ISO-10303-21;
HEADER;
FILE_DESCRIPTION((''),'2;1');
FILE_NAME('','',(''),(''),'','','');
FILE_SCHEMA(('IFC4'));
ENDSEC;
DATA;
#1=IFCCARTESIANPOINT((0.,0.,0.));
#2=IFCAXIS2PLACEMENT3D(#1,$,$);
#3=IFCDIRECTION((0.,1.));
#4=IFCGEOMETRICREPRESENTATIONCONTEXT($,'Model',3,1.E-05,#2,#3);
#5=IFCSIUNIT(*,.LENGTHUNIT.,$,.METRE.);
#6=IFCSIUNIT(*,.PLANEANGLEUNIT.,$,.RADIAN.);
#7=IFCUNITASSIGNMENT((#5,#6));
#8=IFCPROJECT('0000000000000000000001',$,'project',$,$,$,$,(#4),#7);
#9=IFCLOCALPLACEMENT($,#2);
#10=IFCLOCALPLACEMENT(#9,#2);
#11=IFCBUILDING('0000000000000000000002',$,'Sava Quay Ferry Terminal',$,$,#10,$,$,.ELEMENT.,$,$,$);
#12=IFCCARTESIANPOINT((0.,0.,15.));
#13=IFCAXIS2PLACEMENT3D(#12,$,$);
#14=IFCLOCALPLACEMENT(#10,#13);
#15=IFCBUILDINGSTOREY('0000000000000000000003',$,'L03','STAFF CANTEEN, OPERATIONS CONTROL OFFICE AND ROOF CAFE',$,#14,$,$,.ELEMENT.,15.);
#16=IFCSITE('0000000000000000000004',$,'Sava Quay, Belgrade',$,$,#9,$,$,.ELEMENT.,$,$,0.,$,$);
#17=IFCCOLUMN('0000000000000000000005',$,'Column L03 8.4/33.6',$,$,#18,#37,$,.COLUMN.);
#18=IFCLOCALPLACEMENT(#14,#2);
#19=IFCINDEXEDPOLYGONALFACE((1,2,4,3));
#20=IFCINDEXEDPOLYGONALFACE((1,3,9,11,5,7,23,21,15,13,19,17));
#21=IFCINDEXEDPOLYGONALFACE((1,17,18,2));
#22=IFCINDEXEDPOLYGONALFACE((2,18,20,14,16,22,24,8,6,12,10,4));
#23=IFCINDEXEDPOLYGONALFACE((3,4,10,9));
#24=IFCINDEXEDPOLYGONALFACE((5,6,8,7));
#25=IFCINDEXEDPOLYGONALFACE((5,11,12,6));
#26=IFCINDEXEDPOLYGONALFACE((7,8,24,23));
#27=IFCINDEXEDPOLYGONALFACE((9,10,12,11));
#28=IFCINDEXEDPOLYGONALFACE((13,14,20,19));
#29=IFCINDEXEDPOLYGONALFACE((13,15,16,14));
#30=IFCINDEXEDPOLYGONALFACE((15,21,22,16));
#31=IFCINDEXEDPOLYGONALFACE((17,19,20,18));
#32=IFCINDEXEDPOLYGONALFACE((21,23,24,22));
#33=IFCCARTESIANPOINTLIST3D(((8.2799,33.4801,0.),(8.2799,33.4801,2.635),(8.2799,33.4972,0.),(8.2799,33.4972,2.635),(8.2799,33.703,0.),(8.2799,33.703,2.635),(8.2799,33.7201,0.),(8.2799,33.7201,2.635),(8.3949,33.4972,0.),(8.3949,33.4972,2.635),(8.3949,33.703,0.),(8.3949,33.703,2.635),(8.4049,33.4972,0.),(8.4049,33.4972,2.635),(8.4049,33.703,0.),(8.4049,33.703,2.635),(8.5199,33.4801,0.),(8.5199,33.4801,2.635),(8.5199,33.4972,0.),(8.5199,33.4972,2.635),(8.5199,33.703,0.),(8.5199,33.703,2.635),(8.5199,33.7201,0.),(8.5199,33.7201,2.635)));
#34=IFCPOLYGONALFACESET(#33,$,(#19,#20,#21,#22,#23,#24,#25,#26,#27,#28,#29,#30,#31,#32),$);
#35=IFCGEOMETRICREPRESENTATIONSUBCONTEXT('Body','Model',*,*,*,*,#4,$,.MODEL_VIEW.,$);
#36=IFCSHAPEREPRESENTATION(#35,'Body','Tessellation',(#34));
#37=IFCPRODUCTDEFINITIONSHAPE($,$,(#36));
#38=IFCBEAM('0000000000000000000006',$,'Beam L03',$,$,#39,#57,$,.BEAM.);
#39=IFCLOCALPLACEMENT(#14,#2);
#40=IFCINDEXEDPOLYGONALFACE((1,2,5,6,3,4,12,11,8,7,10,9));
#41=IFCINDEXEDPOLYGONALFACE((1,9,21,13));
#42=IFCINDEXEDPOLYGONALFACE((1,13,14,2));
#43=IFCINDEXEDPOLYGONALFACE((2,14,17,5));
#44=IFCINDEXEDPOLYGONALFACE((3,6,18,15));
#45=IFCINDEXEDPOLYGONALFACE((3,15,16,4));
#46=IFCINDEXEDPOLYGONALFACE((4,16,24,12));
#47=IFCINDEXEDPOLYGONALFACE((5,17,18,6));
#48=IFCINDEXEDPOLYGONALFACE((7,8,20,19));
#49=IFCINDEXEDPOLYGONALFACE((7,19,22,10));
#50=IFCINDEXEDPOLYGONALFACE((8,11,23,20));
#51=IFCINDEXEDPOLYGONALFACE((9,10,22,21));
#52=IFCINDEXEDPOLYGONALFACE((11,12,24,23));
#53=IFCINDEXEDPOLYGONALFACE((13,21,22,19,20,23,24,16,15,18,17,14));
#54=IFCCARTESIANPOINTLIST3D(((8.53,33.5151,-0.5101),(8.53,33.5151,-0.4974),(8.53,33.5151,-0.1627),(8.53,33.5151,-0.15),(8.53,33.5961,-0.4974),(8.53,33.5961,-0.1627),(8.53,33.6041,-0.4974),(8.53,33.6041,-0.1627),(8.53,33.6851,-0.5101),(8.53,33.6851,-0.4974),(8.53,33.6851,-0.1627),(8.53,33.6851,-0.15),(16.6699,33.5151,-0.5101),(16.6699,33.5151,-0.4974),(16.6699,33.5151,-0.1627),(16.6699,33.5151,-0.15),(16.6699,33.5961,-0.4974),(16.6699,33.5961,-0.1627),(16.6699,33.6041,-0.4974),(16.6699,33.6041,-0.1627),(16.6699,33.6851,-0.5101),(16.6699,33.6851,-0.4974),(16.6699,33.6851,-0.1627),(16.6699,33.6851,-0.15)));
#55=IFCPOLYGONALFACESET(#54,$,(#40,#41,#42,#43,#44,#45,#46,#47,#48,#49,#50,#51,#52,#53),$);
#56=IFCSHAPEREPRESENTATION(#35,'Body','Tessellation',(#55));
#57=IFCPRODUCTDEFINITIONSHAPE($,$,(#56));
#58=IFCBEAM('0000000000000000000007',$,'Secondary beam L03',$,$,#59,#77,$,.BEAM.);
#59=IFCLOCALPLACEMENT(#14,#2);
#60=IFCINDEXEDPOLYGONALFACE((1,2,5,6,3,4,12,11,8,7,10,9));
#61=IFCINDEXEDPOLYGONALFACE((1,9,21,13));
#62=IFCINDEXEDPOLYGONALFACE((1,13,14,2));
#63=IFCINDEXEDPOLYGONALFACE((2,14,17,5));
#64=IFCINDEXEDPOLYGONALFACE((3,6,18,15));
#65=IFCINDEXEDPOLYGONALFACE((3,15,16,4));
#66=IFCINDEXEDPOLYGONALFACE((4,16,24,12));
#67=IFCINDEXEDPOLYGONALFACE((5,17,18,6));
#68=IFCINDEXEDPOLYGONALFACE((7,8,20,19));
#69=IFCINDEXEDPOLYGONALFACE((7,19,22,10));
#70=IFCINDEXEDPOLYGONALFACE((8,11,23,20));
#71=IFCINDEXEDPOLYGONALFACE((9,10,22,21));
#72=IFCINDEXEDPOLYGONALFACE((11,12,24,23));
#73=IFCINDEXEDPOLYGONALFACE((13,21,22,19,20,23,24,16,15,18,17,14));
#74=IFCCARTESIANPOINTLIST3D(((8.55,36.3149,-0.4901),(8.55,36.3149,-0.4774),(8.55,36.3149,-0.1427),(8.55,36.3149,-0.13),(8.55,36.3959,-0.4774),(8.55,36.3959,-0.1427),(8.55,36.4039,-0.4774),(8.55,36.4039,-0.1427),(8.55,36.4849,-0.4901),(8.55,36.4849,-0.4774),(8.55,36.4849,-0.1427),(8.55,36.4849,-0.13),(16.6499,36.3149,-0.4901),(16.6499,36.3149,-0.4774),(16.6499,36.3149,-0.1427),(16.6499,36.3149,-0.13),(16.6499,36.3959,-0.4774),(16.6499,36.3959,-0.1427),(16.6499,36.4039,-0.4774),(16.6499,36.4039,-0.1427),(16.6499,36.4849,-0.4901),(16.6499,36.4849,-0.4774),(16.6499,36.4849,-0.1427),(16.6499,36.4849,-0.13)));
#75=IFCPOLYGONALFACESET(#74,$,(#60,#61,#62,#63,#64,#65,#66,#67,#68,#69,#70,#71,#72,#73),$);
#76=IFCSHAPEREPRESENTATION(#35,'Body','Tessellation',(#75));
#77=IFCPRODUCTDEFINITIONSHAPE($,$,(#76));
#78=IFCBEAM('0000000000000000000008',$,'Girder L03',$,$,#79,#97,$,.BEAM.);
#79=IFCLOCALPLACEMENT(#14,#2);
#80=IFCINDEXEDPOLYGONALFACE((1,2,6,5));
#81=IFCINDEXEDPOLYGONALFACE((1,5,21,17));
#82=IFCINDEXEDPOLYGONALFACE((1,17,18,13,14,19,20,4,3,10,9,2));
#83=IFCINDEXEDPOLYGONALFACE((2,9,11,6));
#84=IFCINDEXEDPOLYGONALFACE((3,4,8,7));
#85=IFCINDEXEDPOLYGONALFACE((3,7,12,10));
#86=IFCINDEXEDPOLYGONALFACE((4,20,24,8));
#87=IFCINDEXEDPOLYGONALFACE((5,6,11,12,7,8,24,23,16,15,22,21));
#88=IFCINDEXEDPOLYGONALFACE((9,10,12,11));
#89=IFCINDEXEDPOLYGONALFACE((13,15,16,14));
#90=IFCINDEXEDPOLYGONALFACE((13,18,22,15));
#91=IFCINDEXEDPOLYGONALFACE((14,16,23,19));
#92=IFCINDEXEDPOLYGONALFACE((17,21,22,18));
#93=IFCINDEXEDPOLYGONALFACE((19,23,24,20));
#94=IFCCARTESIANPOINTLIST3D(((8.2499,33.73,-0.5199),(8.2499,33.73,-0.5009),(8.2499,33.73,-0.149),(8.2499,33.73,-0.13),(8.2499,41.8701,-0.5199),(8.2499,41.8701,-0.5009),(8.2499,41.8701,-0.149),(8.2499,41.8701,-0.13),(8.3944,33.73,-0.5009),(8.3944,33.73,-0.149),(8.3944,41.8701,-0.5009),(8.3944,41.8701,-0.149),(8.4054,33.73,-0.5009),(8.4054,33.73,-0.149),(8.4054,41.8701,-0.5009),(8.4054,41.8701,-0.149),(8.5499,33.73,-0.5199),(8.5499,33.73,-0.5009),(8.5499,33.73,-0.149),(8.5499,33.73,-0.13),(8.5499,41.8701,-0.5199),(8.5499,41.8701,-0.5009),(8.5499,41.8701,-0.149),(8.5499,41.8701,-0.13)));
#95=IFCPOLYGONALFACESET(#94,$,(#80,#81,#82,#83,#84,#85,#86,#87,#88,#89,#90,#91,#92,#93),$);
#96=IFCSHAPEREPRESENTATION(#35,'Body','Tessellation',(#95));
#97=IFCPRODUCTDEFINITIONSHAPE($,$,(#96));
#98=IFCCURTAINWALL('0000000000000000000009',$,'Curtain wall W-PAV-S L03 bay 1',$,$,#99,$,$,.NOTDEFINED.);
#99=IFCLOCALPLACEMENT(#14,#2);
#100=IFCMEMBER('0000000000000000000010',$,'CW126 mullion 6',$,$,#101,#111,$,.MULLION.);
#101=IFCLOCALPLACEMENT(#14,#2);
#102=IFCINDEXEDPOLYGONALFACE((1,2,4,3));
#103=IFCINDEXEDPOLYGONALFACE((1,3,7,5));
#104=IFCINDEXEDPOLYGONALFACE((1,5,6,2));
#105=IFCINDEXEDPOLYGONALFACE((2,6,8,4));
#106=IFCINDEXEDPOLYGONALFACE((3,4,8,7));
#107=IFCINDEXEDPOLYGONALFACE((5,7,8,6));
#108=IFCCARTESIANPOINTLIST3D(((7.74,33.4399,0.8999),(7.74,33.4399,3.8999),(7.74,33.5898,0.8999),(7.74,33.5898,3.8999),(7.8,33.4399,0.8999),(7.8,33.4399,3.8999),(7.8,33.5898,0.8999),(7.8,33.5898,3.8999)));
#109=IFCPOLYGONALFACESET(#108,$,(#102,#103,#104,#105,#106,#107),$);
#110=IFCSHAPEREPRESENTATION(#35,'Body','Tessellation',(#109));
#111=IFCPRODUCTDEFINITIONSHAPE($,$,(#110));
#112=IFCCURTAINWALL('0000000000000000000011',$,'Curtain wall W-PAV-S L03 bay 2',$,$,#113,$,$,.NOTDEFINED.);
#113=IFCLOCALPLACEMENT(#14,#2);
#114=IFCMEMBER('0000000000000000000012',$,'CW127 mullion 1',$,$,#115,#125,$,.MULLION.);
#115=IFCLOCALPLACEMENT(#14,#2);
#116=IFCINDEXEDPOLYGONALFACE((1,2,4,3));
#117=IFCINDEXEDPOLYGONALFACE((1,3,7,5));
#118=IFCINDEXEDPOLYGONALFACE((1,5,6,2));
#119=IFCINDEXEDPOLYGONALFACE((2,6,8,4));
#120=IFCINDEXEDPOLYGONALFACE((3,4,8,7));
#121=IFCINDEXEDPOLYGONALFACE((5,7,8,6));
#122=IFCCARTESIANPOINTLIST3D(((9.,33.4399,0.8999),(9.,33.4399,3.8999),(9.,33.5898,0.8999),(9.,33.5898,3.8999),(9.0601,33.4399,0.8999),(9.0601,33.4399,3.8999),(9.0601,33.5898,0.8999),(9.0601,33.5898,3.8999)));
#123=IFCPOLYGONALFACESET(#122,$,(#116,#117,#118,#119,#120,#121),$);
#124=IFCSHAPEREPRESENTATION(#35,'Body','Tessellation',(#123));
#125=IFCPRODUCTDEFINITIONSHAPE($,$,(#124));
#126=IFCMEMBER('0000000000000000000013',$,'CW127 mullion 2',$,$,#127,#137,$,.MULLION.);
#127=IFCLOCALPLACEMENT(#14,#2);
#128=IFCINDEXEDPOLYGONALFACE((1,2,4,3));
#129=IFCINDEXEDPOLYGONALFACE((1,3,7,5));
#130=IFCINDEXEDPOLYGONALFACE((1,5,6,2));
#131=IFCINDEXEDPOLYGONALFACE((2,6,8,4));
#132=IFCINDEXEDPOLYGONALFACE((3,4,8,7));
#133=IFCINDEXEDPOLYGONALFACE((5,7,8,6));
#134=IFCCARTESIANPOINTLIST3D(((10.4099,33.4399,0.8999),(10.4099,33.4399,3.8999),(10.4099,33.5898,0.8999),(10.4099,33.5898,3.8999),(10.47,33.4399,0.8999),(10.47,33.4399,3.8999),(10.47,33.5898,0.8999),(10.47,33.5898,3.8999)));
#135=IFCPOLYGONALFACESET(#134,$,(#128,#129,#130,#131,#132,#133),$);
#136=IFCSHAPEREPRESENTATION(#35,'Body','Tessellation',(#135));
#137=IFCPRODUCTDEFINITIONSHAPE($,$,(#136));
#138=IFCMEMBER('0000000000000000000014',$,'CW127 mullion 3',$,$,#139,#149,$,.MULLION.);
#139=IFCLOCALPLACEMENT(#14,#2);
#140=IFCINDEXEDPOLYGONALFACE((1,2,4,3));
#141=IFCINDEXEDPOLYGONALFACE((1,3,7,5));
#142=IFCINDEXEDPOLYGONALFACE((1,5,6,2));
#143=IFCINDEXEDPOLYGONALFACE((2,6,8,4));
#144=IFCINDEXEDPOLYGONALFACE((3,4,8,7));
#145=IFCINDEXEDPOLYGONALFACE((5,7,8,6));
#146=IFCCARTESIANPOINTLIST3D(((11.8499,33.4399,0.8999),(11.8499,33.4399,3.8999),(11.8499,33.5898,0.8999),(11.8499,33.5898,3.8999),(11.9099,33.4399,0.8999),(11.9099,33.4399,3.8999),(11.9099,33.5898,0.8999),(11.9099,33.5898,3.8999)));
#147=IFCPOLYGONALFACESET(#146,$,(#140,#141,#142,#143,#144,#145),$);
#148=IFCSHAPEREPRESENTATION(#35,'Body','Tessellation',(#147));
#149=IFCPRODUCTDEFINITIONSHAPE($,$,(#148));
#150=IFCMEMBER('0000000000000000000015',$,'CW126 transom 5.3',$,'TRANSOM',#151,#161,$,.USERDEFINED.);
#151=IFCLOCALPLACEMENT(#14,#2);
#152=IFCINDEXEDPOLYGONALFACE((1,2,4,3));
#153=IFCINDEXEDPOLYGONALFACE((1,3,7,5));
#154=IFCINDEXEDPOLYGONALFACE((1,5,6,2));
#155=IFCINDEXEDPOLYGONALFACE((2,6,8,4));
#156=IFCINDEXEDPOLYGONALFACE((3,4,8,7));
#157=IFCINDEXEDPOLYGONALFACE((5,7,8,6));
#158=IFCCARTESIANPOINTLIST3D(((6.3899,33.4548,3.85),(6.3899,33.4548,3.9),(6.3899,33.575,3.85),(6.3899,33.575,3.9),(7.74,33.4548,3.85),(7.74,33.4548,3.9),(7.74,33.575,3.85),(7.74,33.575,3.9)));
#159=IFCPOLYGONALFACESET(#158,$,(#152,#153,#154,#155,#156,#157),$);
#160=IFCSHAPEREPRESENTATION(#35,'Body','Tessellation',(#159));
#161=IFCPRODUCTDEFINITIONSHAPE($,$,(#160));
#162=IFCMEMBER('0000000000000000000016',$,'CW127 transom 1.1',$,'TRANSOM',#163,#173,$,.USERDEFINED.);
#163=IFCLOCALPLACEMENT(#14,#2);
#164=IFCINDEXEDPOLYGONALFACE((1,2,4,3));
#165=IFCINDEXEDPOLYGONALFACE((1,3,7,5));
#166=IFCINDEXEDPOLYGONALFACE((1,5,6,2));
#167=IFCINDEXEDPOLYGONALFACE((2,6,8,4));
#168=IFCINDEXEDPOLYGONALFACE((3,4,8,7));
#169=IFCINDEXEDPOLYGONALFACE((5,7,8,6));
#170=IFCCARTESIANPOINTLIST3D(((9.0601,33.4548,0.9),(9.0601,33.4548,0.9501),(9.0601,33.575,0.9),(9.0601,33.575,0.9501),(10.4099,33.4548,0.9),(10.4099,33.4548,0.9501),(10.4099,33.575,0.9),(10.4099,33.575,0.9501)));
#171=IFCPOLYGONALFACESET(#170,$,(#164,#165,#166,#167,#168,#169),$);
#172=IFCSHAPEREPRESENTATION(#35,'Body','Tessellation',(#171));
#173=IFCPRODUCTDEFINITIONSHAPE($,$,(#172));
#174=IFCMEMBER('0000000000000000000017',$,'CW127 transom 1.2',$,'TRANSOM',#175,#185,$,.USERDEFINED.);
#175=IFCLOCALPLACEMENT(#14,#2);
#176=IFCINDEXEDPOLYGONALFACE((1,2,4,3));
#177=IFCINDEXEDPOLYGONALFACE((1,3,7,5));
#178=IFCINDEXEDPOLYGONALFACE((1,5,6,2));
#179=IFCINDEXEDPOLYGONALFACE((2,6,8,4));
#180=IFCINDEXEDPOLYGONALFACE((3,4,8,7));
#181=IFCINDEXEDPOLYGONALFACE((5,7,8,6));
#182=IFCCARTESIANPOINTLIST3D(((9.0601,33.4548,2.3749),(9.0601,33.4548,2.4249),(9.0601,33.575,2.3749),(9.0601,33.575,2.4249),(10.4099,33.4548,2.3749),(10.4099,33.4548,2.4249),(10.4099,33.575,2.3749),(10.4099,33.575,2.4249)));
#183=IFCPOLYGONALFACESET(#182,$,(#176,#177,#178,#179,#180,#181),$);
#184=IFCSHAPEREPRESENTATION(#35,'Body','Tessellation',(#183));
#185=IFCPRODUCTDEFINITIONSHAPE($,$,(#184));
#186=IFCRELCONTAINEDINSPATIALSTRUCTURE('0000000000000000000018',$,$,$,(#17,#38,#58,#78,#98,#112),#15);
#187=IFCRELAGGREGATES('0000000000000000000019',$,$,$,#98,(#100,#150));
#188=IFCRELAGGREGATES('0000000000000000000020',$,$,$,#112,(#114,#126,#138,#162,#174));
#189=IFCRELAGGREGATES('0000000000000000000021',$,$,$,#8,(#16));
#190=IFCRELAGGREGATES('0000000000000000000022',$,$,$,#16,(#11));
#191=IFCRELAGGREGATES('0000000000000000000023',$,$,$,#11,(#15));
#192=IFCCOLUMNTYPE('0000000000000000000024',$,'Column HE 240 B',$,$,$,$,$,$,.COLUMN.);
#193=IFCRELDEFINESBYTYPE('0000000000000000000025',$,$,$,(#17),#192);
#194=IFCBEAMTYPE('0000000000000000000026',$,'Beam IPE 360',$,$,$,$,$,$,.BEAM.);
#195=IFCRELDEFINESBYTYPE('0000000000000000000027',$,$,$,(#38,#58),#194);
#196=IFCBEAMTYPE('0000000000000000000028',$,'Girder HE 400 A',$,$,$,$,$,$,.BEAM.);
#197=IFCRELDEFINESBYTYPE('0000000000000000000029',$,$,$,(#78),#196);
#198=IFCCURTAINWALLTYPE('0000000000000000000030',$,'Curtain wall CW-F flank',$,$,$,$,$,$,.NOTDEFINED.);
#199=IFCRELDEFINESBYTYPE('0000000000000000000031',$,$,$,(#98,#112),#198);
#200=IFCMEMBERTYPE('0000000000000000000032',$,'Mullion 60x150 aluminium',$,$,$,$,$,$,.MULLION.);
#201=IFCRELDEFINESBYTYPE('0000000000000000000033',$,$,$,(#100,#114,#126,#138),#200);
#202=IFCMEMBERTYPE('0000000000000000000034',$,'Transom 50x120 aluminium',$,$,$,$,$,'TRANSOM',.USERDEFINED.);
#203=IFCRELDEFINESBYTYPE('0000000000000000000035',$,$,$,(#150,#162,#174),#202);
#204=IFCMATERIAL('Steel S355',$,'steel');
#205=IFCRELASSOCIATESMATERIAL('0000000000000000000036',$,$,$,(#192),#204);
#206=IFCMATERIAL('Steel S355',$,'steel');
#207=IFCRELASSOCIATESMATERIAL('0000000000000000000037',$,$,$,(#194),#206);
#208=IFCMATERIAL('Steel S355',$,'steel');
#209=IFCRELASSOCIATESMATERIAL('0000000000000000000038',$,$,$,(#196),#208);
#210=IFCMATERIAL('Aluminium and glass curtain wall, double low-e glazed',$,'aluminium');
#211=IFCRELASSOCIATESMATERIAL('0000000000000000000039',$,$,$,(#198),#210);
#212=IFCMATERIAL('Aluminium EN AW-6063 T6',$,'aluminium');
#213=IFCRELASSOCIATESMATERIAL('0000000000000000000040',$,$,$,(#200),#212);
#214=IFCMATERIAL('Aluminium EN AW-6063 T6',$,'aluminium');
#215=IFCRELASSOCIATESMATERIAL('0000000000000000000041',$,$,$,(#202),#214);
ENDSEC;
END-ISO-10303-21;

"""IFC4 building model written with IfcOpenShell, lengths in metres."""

from ifc_helpers import new_model, si_unit, direction, frame, origin, origin_2d, place, context, subcontext, project, spatial, rectangle, i_section, extrude, material, material_profile, profile_set, type_object, element, aggregate, save


model = new_model("IFC4")

# Units and contexts
model_context = context("Model", 3, precision=1e-05, world=origin(), true_north=direction((0.0, 1.0)))
body_context = subcontext(model_context, "Body", "Model", "MODEL_VIEW")
ifc_project = project(units=[si_unit("LENGTHUNIT", "METRE"), si_unit("PLANEANGLEUNIT", "RADIAN")], contexts=[model_context])

# Site, building, storey
site_placement = place(None, origin())
site = spatial("IfcSite", under=ifc_project, at=site_placement, Name="Sava Quay, Belgrade", CompositionType="ELEMENT", RefElevation=0.0)
building_placement = place(site_placement, origin())
building = spatial("IfcBuilding", under=site, at=building_placement, Name="Sava Quay Ferry Terminal", CompositionType="ELEMENT")
storey_placement = place(building_placement, frame((0.0, 0.0, 15.0)))
storey = spatial("IfcBuildingStorey", under=building, at=storey_placement, Name="L03", Description="STAFF CANTEEN, OPERATIONS CONTROL OFFICE AND ROOF CAFE", CompositionType="ELEMENT", Elevation=15.0)

# Column
ifc_material_1 = material(Name="Steel S355", Category="steel")
ifc_material_profile_1 = material_profile(ifc_material_1, i_section(OverallWidth=0.24, OverallDepth=0.24, WebThickness=0.01, FlangeThickness=0.0171, at=origin_2d()), Name="HE 240 B")
ifc_profile_set_1 = profile_set([ifc_material_profile_1], Name="Steel S355")
column_type = type_object("IfcColumnType", Name="Column HE 240 B", PredefinedType="COLUMN", material=ifc_profile_set_1)
column_placement = place(storey_placement, frame((8.3999, 33.6001, 0.0), z_axis=(0.0, 0.0, 1.0), x_axis=(1.0, 0.0, 0.0)))
element("IfcColumn", 1, at=column_placement, inside=storey, type_object=column_type, Name="Column L03 8.4/33.6", PredefinedType="COLUMN", context=body_context, shape_type="SweptSolid", body=[
    extrude(i_section(OverallWidth=0.24, OverallDepth=0.24, WebThickness=0.01, FlangeThickness=0.0171, at=origin_2d()), origin(), (0.0, 0.0, 1.0), 2.635),
])

# Beams
ifc_material_2 = material(Name="Steel S355", Category="steel")
ifc_material_profile_2 = material_profile(ifc_material_2, i_section(OverallWidth=0.1699, OverallDepth=0.3601, WebThickness=0.0081, FlangeThickness=0.0127, at=origin_2d()), Name="IPE 360")
ifc_profile_set_2 = profile_set([ifc_material_profile_2], Name="Steel S355")
beam_type_1 = type_object("IfcBeamType", Name="Beam IPE 360", PredefinedType="BEAM", material=ifc_profile_set_2)
beam_1_placement = place(storey_placement, frame((8.53, 33.6001, -0.3301), z_axis=(1.0, 0.0, 0.0), x_axis=(0.0, 1.0, 0.0)))
element("IfcBeam", 2, at=beam_1_placement, inside=storey, type_object=beam_type_1, Name="Beam L03", PredefinedType="BEAM", context=body_context, shape_type="SweptSolid", body=[
    extrude(i_section(OverallWidth=0.1699, OverallDepth=0.3601, WebThickness=0.0081, FlangeThickness=0.0127, at=origin_2d()), origin(), (0.0, 0.0, 1.0), 8.1399),
])
beam_2_placement = place(storey_placement, frame((8.55, 36.3999, -0.3101), z_axis=(1.0, 0.0, 0.0), x_axis=(0.0, 1.0, 0.0)))
element("IfcBeam", 3, at=beam_2_placement, inside=storey, type_object=beam_type_1, Name="Secondary beam L03", PredefinedType="BEAM", context=body_context, shape_type="SweptSolid", body=[
    extrude(i_section(OverallWidth=0.1699, OverallDepth=0.3601, WebThickness=0.0081, FlangeThickness=0.0127, at=origin_2d()), origin(), (0.0, 0.0, 1.0), 8.0999),
])
ifc_material_3 = material(Name="Steel S355", Category="steel")
ifc_material_profile_3 = material_profile(ifc_material_3, i_section(OverallWidth=0.3, OverallDepth=0.3899, WebThickness=0.011, FlangeThickness=0.019, at=origin_2d()), Name="HE 400 A")
ifc_profile_set_3 = profile_set([ifc_material_profile_3], Name="Steel S355")
beam_type_2 = type_object("IfcBeamType", Name="Girder HE 400 A", PredefinedType="BEAM", material=ifc_profile_set_3)
beam_3_placement = place(storey_placement, frame((8.3999, 33.73, -0.325), z_axis=(0.0, 1.0, 0.0), x_axis=(-1.0, 0.0, 0.0)))
element("IfcBeam", 4, at=beam_3_placement, inside=storey, type_object=beam_type_2, Name="Girder L03", PredefinedType="BEAM", context=body_context, shape_type="SweptSolid", body=[
    extrude(i_section(OverallWidth=0.3, OverallDepth=0.3899, WebThickness=0.011, FlangeThickness=0.019, at=origin_2d()), origin(), (0.0, 0.0, 1.0), 8.1401),
])

# Curtain wall, member
ifc_material_4 = material(Name="Aluminium and glass curtain wall, double low-e glazed", Category="aluminium")
curtain_wall_type = type_object("IfcCurtainWallType", Name="Curtain wall CW-F flank", PredefinedType="NOTDEFINED", material=ifc_material_4)
curtain_wall_1_placement = place(storey_placement, origin())
curtain_wall_1 = element("IfcCurtainWall", 5, at=curtain_wall_1_placement, inside=storey, type_object=curtain_wall_type, Name="Curtain wall W-PAV-S L03 bay 1", PredefinedType="NOTDEFINED")
ifc_material_5 = material(Name="Aluminium EN AW-6063 T6", Category="aluminium")
ifc_material_profile_4 = material_profile(ifc_material_5, rectangle(XDim=0.1499, YDim=0.0601, at=origin_2d()), Name="Mullion 60x150 aluminium")
ifc_profile_set_4 = profile_set([ifc_material_profile_4], Name="Aluminium EN AW-6063 T6")
member_type_1 = type_object("IfcMemberType", Name="Mullion 60x150 aluminium", PredefinedType="MULLION", material=ifc_profile_set_4)
member_1_placement = place(storey_placement, frame((7.77, 33.5149, 0.8999), z_axis=(0.0, 0.0, 1.0), x_axis=(0.0, 1.0, 0.0)))
member_1 = element("IfcMember", 6, at=member_1_placement, type_object=member_type_1, Name="CW126 mullion 6", PredefinedType="MULLION", context=body_context, shape_type="SweptSolid", body=[
    extrude(rectangle(XDim=0.1499, YDim=0.0601, at=origin_2d()), origin(), (0.0, 0.0, 1.0), 3.0),
])

# Curtain wall, members
curtain_wall_2_placement = place(storey_placement, origin())
curtain_wall_2 = element("IfcCurtainWall", 7, at=curtain_wall_2_placement, inside=storey, type_object=curtain_wall_type, Name="Curtain wall W-PAV-S L03 bay 2", PredefinedType="NOTDEFINED")
member_2_placement = place(storey_placement, frame((9.03, 33.5149, 0.8999), z_axis=(0.0, 0.0, 1.0), x_axis=(0.0, 1.0, 0.0)))
member_2 = element("IfcMember", 8, at=member_2_placement, type_object=member_type_1, Name="CW127 mullion 1", PredefinedType="MULLION", context=body_context, shape_type="SweptSolid", body=[
    extrude(rectangle(XDim=0.1499, YDim=0.0601, at=origin_2d()), origin(), (0.0, 0.0, 1.0), 3.0),
])
member_3_placement = place(storey_placement, frame((10.4399, 33.5149, 0.8999), z_axis=(0.0, 0.0, 1.0), x_axis=(0.0, 1.0, 0.0)))
member_3 = element("IfcMember", 9, at=member_3_placement, type_object=member_type_1, Name="CW127 mullion 2", PredefinedType="MULLION", context=body_context, shape_type="SweptSolid", body=[
    extrude(rectangle(XDim=0.1499, YDim=0.0601, at=origin_2d()), origin(), (0.0, 0.0, 1.0), 3.0),
])
member_4_placement = place(storey_placement, frame((11.8799, 33.5149, 0.8999), z_axis=(0.0, 0.0, 1.0), x_axis=(0.0, 1.0, 0.0)))
member_4 = element("IfcMember", 10, at=member_4_placement, type_object=member_type_1, Name="CW127 mullion 3", PredefinedType="MULLION", context=body_context, shape_type="SweptSolid", body=[
    extrude(rectangle(XDim=0.1499, YDim=0.0601, at=origin_2d()), origin(), (0.0, 0.0, 1.0), 3.0),
])

# Members
ifc_material_6 = material(Name="Aluminium EN AW-6063 T6", Category="aluminium")
ifc_material_profile_5 = material_profile(ifc_material_6, rectangle(XDim=0.1201, YDim=0.05, at=origin_2d()), Name="Transom 50x120 aluminium")
ifc_profile_set_5 = profile_set([ifc_material_profile_5], Name="Aluminium EN AW-6063 T6")
member_type_2 = type_object("IfcMemberType", Name="Transom 50x120 aluminium", ElementType="TRANSOM", PredefinedType="USERDEFINED", material=ifc_profile_set_5)
member_5_placement = place(storey_placement, frame((6.3899, 33.5149, 3.875), z_axis=(1.0, 0.0, 0.0), x_axis=(0.0, 1.0, 0.0)))
member_5 = element("IfcMember", 11, at=member_5_placement, type_object=member_type_2, Name="CW126 transom 5.3", ObjectType="TRANSOM", PredefinedType="USERDEFINED", context=body_context, shape_type="SweptSolid", body=[
    extrude(rectangle(XDim=0.1201, YDim=0.05, at=origin_2d()), origin(), (0.0, 0.0, 1.0), 1.3501),
])
member_6_placement = place(storey_placement, frame((9.0601, 33.5149, 0.925), z_axis=(1.0, 0.0, 0.0), x_axis=(0.0, 1.0, 0.0)))
member_6 = element("IfcMember", 12, at=member_6_placement, type_object=member_type_2, Name="CW127 transom 1.1", ObjectType="TRANSOM", PredefinedType="USERDEFINED", context=body_context, shape_type="SweptSolid", body=[
    extrude(rectangle(XDim=0.1201, YDim=0.05, at=origin_2d()), origin(), (0.0, 0.0, 1.0), 1.3499),
])
member_7_placement = place(storey_placement, frame((9.0601, 33.5149, 2.3999), z_axis=(1.0, 0.0, 0.0), x_axis=(0.0, 1.0, 0.0)))
member_7 = element("IfcMember", 13, at=member_7_placement, type_object=member_type_2, Name="CW127 transom 1.2", ObjectType="TRANSOM", PredefinedType="USERDEFINED", context=body_context, shape_type="SweptSolid", body=[
    extrude(rectangle(XDim=0.1201, YDim=0.05, at=origin_2d()), origin(), (0.0, 0.0, 1.0), 1.3499),
])

aggregate(curtain_wall_1, [member_1, member_5])
aggregate(curtain_wall_2, [member_2, member_3, member_4, member_6, member_7])

save(model, "model.ifc")
